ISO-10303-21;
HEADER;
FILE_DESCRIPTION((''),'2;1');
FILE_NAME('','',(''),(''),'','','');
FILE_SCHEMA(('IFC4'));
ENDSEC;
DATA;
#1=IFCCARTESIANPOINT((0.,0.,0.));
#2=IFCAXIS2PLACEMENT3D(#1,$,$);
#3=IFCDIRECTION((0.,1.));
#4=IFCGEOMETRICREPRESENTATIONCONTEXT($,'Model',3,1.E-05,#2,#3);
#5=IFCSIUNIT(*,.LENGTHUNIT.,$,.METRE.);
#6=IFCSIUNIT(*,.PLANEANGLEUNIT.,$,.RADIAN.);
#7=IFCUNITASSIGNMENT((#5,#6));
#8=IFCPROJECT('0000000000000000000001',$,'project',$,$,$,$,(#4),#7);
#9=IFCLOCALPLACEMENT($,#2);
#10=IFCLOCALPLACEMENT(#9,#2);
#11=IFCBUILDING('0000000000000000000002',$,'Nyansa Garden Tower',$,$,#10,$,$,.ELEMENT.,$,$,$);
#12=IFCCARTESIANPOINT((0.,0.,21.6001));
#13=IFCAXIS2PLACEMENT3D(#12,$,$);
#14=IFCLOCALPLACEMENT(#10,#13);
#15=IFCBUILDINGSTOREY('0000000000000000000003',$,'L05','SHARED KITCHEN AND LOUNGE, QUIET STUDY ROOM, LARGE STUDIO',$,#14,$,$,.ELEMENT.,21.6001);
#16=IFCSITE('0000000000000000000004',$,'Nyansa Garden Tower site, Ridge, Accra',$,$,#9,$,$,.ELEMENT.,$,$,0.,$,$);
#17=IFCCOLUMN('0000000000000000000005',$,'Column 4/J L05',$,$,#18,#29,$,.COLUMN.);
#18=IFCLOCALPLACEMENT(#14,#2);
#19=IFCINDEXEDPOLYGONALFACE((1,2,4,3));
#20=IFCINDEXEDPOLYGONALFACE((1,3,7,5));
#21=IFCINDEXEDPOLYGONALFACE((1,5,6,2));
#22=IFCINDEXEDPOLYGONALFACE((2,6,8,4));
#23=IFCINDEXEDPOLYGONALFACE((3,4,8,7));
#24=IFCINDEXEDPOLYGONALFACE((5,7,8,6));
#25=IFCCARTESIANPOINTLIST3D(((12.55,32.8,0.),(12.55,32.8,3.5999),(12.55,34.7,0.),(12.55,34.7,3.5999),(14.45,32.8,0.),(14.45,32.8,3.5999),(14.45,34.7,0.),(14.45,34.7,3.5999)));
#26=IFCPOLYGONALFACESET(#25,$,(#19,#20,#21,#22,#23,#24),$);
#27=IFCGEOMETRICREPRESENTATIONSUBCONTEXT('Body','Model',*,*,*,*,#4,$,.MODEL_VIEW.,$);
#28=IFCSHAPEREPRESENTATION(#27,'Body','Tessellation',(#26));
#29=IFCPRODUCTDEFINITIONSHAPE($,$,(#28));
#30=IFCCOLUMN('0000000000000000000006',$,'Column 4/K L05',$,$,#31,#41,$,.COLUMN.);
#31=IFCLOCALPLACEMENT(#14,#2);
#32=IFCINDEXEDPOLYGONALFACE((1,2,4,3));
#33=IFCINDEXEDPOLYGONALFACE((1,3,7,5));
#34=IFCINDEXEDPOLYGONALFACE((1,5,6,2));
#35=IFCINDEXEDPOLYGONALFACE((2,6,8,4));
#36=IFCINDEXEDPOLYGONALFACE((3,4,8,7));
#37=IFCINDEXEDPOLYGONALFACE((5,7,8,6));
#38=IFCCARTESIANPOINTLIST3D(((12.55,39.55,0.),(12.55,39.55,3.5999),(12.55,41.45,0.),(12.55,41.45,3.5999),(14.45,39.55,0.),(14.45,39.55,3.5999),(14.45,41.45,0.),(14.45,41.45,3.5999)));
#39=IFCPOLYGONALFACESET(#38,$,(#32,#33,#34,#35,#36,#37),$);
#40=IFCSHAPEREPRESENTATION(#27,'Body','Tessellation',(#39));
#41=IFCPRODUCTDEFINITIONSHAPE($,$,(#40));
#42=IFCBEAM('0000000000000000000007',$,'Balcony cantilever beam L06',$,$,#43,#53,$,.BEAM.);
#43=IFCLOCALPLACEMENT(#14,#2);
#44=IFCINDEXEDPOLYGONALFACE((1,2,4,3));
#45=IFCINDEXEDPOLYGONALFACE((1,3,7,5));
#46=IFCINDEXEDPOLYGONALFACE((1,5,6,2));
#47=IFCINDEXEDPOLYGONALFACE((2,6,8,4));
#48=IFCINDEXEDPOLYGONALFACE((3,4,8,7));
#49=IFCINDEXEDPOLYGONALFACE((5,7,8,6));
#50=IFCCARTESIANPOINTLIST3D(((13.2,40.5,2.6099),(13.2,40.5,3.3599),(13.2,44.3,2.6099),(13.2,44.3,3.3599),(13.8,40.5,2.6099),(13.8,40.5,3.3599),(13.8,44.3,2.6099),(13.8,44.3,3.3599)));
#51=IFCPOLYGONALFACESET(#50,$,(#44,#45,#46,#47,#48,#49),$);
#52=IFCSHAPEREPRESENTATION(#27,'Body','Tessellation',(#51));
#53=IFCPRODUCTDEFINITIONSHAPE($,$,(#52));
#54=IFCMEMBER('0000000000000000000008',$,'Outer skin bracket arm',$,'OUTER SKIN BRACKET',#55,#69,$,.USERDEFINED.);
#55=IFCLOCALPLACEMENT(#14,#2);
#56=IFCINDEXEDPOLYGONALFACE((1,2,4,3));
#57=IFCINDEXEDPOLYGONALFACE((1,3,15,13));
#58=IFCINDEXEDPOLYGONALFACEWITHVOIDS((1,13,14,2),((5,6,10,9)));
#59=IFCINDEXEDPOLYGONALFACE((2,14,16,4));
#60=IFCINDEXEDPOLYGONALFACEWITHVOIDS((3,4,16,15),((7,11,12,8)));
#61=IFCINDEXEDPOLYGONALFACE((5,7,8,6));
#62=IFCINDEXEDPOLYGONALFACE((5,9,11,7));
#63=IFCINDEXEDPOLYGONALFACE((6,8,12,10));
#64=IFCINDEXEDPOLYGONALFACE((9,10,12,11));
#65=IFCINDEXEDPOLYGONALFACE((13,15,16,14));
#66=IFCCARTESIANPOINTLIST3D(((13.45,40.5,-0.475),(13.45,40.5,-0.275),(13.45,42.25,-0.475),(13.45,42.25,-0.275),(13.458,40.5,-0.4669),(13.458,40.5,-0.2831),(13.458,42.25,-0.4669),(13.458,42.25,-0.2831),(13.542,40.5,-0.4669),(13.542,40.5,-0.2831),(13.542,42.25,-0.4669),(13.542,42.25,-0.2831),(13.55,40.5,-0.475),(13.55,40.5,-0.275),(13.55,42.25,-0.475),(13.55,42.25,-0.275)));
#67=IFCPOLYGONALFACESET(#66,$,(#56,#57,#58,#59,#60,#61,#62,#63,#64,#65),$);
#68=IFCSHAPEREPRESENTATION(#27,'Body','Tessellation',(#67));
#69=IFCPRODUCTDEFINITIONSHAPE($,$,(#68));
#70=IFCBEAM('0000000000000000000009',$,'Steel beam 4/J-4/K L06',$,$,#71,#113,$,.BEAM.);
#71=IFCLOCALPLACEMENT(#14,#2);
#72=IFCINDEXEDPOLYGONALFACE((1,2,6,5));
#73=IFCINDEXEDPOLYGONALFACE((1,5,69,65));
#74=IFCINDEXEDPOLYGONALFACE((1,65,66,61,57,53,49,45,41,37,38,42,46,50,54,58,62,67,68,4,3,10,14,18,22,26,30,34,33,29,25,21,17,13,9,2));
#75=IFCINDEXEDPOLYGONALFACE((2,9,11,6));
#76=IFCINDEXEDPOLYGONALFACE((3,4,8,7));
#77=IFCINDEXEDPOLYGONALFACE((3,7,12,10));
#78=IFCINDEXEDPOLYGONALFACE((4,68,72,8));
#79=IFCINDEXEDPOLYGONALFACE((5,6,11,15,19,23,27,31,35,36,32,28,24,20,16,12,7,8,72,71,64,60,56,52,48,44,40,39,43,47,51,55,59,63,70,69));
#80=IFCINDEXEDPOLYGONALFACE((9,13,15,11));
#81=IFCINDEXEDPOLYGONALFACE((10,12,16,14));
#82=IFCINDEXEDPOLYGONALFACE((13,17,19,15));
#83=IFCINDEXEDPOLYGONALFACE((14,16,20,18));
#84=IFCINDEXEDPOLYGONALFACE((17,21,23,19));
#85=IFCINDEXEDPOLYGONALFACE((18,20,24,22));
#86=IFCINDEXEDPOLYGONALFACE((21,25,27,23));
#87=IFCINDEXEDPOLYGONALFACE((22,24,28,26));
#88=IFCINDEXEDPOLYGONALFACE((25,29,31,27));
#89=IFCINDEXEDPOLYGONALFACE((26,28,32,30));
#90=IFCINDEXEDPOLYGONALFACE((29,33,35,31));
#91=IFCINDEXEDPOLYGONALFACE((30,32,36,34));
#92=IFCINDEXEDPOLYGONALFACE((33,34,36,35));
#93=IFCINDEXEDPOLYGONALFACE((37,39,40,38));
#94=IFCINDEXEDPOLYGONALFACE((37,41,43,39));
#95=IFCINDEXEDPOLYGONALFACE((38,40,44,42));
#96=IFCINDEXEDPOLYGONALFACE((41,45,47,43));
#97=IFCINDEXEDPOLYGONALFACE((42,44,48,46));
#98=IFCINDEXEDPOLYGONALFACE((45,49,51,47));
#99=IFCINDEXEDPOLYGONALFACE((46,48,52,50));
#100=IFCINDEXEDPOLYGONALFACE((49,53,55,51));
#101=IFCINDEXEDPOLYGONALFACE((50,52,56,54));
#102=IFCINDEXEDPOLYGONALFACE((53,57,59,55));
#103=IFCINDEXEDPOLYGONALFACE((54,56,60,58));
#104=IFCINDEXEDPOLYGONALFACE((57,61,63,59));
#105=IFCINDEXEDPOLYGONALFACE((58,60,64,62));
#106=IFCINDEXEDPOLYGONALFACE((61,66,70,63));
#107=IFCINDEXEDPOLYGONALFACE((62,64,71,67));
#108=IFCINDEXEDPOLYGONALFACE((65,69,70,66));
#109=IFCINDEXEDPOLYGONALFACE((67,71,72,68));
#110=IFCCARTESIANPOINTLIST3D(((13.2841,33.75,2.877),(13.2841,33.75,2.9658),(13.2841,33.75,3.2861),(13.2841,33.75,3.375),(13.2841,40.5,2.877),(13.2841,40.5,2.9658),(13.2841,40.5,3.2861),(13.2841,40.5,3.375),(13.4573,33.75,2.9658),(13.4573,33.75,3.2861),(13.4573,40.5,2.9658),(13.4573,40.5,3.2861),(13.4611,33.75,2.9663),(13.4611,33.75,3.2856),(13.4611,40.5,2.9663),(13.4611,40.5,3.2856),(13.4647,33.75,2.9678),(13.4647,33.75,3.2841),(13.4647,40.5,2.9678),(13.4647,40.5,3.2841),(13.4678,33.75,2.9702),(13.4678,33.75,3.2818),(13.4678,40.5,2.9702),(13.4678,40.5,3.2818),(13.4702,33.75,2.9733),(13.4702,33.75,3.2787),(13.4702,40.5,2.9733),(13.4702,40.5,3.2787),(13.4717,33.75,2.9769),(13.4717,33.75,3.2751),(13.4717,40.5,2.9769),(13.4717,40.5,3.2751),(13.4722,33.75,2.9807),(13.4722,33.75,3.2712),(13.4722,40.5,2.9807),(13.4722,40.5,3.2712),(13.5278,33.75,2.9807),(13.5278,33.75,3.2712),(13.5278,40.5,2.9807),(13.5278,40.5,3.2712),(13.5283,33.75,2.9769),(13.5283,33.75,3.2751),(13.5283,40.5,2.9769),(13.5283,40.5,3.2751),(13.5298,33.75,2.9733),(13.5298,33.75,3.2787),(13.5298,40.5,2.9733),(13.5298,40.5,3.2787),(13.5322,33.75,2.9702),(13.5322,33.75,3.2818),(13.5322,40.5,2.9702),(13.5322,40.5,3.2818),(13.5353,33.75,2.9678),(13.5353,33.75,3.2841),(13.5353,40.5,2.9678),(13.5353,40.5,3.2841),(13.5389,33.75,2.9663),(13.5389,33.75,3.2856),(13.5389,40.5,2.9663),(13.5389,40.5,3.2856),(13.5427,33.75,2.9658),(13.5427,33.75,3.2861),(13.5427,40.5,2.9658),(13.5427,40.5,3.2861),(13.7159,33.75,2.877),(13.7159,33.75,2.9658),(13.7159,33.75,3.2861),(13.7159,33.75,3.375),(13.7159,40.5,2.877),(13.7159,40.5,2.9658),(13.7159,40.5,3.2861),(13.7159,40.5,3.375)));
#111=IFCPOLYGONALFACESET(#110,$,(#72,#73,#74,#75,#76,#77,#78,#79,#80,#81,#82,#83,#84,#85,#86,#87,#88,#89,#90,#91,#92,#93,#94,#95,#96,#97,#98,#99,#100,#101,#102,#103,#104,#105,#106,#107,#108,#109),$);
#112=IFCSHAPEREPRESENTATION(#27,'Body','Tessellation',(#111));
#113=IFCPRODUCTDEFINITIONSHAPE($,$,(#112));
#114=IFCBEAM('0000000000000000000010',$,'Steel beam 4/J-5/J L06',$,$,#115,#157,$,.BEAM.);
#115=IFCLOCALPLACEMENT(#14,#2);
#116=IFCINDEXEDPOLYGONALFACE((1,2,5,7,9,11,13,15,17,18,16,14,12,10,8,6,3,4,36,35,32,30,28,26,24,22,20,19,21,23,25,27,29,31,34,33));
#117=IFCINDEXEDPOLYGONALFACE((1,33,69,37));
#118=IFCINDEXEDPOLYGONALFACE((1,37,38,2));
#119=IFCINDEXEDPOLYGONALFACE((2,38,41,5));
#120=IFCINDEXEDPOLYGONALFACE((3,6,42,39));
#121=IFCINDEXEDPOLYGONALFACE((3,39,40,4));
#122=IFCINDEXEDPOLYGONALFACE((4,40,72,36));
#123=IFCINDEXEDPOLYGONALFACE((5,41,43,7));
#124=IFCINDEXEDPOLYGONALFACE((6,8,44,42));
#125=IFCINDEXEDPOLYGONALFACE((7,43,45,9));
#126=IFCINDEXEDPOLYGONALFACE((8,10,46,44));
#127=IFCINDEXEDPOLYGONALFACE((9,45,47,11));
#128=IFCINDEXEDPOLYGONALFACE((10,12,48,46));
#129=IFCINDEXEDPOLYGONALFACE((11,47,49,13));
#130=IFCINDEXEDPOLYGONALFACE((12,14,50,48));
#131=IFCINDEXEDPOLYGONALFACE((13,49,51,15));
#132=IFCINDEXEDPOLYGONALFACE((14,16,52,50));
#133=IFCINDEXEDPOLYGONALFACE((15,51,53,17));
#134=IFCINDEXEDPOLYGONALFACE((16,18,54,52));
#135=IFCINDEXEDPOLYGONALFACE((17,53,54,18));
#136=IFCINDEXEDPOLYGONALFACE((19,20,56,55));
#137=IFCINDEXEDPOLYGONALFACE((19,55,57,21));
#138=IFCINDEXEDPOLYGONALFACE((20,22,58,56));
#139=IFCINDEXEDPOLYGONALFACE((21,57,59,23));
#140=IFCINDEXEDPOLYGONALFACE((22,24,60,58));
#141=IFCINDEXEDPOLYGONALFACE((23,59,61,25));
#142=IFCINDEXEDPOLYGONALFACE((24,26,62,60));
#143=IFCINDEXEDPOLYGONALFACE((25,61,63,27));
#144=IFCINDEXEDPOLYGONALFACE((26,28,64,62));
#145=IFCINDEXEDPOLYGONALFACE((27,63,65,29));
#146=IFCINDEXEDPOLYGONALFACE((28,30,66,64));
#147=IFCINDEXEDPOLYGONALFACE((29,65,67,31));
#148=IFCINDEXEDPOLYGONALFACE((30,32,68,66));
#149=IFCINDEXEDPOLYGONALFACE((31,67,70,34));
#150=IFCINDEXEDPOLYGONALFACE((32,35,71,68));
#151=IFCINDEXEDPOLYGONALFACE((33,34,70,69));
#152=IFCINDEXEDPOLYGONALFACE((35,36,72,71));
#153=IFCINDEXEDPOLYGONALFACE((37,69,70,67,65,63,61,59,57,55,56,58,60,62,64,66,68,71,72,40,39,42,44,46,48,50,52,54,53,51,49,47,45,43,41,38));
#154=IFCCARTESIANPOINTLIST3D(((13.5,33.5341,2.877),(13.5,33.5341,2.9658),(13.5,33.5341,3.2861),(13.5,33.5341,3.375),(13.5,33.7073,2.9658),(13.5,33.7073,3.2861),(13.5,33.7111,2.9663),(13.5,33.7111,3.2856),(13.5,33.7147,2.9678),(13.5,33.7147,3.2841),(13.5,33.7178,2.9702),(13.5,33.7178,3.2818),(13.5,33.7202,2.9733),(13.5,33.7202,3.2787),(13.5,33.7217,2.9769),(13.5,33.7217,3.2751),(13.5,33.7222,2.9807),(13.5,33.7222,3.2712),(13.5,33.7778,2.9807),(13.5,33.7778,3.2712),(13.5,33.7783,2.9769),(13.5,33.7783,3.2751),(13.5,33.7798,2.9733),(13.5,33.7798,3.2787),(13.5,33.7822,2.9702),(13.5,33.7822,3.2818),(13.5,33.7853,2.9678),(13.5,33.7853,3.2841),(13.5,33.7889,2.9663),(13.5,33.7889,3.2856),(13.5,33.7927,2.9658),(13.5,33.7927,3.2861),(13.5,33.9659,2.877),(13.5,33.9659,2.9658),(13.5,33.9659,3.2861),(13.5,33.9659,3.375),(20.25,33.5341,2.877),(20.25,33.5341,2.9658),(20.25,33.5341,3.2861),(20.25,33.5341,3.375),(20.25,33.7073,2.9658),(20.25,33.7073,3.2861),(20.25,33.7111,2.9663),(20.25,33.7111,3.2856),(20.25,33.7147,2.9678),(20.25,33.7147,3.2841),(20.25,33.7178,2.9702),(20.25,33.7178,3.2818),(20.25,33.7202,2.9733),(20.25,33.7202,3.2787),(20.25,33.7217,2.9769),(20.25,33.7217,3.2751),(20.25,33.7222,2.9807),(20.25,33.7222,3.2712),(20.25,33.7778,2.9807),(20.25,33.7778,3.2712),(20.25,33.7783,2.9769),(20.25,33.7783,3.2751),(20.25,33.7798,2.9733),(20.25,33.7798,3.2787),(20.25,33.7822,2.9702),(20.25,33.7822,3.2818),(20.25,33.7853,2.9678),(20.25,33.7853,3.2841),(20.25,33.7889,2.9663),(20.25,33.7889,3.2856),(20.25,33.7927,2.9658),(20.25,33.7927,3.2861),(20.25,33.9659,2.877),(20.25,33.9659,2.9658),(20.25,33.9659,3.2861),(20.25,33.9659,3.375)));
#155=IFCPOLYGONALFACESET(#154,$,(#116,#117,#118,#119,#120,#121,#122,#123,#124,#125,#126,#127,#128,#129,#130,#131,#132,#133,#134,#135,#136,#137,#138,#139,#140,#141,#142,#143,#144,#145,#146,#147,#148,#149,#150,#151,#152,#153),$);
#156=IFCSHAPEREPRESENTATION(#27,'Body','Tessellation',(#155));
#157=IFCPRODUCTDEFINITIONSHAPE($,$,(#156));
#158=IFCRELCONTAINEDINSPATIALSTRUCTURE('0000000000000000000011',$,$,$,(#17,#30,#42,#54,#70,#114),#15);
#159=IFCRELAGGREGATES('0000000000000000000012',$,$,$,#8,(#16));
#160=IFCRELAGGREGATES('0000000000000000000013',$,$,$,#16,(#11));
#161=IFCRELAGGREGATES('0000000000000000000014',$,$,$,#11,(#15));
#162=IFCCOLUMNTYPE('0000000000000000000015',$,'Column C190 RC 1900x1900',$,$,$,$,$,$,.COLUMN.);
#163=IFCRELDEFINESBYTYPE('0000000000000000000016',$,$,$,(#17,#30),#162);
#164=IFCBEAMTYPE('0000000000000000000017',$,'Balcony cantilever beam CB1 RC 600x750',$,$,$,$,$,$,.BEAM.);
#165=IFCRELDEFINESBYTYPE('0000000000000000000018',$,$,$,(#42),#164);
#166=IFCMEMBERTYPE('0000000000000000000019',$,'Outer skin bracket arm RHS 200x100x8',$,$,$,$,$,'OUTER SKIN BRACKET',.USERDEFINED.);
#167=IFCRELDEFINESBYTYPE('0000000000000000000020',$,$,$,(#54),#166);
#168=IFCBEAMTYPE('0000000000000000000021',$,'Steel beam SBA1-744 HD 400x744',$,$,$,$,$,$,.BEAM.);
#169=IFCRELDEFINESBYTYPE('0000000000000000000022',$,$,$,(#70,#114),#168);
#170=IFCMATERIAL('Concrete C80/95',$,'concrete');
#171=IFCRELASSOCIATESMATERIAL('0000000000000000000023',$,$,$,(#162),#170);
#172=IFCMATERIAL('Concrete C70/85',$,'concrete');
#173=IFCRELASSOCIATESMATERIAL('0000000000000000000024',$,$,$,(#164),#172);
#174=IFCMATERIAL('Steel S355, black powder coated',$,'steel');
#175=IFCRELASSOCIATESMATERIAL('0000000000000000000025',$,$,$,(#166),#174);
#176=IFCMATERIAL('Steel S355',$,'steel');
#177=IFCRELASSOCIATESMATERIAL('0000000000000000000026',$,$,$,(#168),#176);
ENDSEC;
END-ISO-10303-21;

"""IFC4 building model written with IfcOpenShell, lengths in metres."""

from ifc_helpers import new_model, si_unit, direction, frame, origin, origin_2d, place, context, subcontext, project, spatial, rectangle, hollow_rectangle, i_section, extrude, material, material_profile, profile_set, type_object, element, save


model = new_model("IFC4")

# Units and contexts
model_context = context("Model", 3, precision=1e-05, world=origin(), true_north=direction((0.0, 1.0)))
body_context = subcontext(model_context, "Body", "Model", "MODEL_VIEW")
ifc_project = project(units=[si_unit("LENGTHUNIT", "METRE"), si_unit("PLANEANGLEUNIT", "RADIAN")], contexts=[model_context])

# Site, building, storey
site_placement = place(None, origin())
site = spatial("IfcSite", under=ifc_project, at=site_placement, Name="Nyansa Garden Tower site, Ridge, Accra", CompositionType="ELEMENT", RefElevation=0.0)
building_placement = place(site_placement, origin())
building = spatial("IfcBuilding", under=site, at=building_placement, Name="Nyansa Garden Tower", CompositionType="ELEMENT")
storey_placement = place(building_placement, frame((0.0, 0.0, 21.6001)))
storey = spatial("IfcBuildingStorey", under=building, at=storey_placement, Name="L05", Description="SHARED KITCHEN AND LOUNGE, QUIET STUDY ROOM, LARGE STUDIO", CompositionType="ELEMENT", Elevation=21.6001)

# Columns
ifc_material_1 = material(Name="Concrete C80/95", Category="concrete")
ifc_material_profile_1 = material_profile(ifc_material_1, rectangle(XDim=1.8999, YDim=1.8999, at=origin_2d()), Name="RC 1900x1900")
ifc_profile_set_1 = profile_set([ifc_material_profile_1], Name="Concrete C80/95")
column_type = type_object("IfcColumnType", Name="Column C190 RC 1900x1900", PredefinedType="COLUMN", material=ifc_profile_set_1)
for number, where, z_axis, x_axis, name in (
    (1, (13.5, 33.75, 0.0), (0.0, 0.0, 1.0), (1.0, 0.0, 0.0), "Column 4/J L05"),
    (2, (13.5, 40.5, 0.0), (0.0, 0.0, 1.0), (1.0, 0.0, 0.0), "Column 4/K L05"),
):
    element("IfcColumn", number, at=place(storey_placement, frame(where, z_axis=z_axis, x_axis=x_axis)), inside=storey, type_object=column_type, Name=name, PredefinedType="COLUMN", context=body_context, shape_type="SweptSolid", body=[
        extrude(rectangle(XDim=1.8999, YDim=1.8999, at=origin_2d()), origin(), (0.0, 0.0, 1.0), 3.5999),
    ])

# Beam
ifc_material_2 = material(Name="Concrete C70/85", Category="concrete")
ifc_material_profile_2 = material_profile(ifc_material_2, rectangle(XDim=0.6001, YDim=0.75, at=origin_2d()), Name="RC 600x750")
ifc_profile_set_2 = profile_set([ifc_material_profile_2], Name="Concrete C70/85")
beam_type_1 = type_object("IfcBeamType", Name="Balcony cantilever beam CB1 RC 600x750", PredefinedType="BEAM", material=ifc_profile_set_2)
beam_1_placement = place(storey_placement, frame((13.5, 40.5, 2.9849), z_axis=(0.0, 1.0, 0.0), x_axis=(-1.0, 0.0, 0.0)))
element("IfcBeam", 3, at=beam_1_placement, inside=storey, type_object=beam_type_1, Name="Balcony cantilever beam L06", PredefinedType="BEAM", context=body_context, shape_type="SweptSolid", body=[
    extrude(rectangle(XDim=0.6001, YDim=0.75, at=origin_2d()), origin(), (0.0, 0.0, 1.0), 3.8),
])

# Member
ifc_material_3 = material(Name="Steel S355, black powder coated", Category="steel")
ifc_material_profile_3 = material_profile(ifc_material_3, hollow_rectangle(XDim=0.1001, YDim=0.2, WallThickness=0.0081, at=origin_2d()), Name="RHS 200x100x8")
ifc_profile_set_3 = profile_set([ifc_material_profile_3], Name="Steel S355, black powder coated")
member_type = type_object("IfcMemberType", Name="Outer skin bracket arm RHS 200x100x8", ElementType="OUTER SKIN BRACKET", PredefinedType="USERDEFINED", material=ifc_profile_set_3)
member_placement = place(storey_placement, frame((13.5, 40.5, -0.375), z_axis=(0.0, 1.0, 0.0), x_axis=(-1.0, 0.0, 0.0)))
element("IfcMember", 4, at=member_placement, inside=storey, type_object=member_type, Name="Outer skin bracket arm", ObjectType="OUTER SKIN BRACKET", PredefinedType="USERDEFINED", context=body_context, shape_type="SweptSolid", body=[
    extrude(hollow_rectangle(XDim=0.1001, YDim=0.2, WallThickness=0.0081, at=origin_2d()), origin(), (0.0, 0.0, 1.0), 1.75),
])

# Beams
ifc_material_4 = material(Name="Steel S355", Category="steel")
ifc_material_profile_4 = material_profile(ifc_material_4, i_section(OverallWidth=0.4319, OverallDepth=0.498, WebThickness=0.0557, FlangeThickness=0.0889, FilletRadius=0.0149, at=origin_2d()), Name="HD 400x744")
ifc_profile_set_4 = profile_set([ifc_material_profile_4], Name="Steel S355")
beam_type_2 = type_object("IfcBeamType", Name="Steel beam SBA1-744 HD 400x744", PredefinedType="BEAM", material=ifc_profile_set_4)
for number, where, z_axis, x_axis, name in (
    (5, (13.5, 33.75, 3.126), (0.0, 1.0, 0.0), (-1.0, 0.0, 0.0), "Steel beam 4/J-4/K L06"),
    (6, (13.5, 33.75, 3.126), (1.0, 0.0, 0.0), (0.0, 1.0, 0.0), "Steel beam 4/J-5/J L06"),
):
    element("IfcBeam", number, at=place(storey_placement, frame(where, z_axis=z_axis, x_axis=x_axis)), inside=storey, type_object=beam_type_2, Name=name, PredefinedType="BEAM", context=body_context, shape_type="SweptSolid", body=[
        extrude(i_section(OverallWidth=0.4319, OverallDepth=0.498, WebThickness=0.0557, FlangeThickness=0.0889, FilletRadius=0.0149, at=origin_2d()), origin(), (0.0, 0.0, 1.0), 6.75),
    ])

save(model, "model.ifc")
